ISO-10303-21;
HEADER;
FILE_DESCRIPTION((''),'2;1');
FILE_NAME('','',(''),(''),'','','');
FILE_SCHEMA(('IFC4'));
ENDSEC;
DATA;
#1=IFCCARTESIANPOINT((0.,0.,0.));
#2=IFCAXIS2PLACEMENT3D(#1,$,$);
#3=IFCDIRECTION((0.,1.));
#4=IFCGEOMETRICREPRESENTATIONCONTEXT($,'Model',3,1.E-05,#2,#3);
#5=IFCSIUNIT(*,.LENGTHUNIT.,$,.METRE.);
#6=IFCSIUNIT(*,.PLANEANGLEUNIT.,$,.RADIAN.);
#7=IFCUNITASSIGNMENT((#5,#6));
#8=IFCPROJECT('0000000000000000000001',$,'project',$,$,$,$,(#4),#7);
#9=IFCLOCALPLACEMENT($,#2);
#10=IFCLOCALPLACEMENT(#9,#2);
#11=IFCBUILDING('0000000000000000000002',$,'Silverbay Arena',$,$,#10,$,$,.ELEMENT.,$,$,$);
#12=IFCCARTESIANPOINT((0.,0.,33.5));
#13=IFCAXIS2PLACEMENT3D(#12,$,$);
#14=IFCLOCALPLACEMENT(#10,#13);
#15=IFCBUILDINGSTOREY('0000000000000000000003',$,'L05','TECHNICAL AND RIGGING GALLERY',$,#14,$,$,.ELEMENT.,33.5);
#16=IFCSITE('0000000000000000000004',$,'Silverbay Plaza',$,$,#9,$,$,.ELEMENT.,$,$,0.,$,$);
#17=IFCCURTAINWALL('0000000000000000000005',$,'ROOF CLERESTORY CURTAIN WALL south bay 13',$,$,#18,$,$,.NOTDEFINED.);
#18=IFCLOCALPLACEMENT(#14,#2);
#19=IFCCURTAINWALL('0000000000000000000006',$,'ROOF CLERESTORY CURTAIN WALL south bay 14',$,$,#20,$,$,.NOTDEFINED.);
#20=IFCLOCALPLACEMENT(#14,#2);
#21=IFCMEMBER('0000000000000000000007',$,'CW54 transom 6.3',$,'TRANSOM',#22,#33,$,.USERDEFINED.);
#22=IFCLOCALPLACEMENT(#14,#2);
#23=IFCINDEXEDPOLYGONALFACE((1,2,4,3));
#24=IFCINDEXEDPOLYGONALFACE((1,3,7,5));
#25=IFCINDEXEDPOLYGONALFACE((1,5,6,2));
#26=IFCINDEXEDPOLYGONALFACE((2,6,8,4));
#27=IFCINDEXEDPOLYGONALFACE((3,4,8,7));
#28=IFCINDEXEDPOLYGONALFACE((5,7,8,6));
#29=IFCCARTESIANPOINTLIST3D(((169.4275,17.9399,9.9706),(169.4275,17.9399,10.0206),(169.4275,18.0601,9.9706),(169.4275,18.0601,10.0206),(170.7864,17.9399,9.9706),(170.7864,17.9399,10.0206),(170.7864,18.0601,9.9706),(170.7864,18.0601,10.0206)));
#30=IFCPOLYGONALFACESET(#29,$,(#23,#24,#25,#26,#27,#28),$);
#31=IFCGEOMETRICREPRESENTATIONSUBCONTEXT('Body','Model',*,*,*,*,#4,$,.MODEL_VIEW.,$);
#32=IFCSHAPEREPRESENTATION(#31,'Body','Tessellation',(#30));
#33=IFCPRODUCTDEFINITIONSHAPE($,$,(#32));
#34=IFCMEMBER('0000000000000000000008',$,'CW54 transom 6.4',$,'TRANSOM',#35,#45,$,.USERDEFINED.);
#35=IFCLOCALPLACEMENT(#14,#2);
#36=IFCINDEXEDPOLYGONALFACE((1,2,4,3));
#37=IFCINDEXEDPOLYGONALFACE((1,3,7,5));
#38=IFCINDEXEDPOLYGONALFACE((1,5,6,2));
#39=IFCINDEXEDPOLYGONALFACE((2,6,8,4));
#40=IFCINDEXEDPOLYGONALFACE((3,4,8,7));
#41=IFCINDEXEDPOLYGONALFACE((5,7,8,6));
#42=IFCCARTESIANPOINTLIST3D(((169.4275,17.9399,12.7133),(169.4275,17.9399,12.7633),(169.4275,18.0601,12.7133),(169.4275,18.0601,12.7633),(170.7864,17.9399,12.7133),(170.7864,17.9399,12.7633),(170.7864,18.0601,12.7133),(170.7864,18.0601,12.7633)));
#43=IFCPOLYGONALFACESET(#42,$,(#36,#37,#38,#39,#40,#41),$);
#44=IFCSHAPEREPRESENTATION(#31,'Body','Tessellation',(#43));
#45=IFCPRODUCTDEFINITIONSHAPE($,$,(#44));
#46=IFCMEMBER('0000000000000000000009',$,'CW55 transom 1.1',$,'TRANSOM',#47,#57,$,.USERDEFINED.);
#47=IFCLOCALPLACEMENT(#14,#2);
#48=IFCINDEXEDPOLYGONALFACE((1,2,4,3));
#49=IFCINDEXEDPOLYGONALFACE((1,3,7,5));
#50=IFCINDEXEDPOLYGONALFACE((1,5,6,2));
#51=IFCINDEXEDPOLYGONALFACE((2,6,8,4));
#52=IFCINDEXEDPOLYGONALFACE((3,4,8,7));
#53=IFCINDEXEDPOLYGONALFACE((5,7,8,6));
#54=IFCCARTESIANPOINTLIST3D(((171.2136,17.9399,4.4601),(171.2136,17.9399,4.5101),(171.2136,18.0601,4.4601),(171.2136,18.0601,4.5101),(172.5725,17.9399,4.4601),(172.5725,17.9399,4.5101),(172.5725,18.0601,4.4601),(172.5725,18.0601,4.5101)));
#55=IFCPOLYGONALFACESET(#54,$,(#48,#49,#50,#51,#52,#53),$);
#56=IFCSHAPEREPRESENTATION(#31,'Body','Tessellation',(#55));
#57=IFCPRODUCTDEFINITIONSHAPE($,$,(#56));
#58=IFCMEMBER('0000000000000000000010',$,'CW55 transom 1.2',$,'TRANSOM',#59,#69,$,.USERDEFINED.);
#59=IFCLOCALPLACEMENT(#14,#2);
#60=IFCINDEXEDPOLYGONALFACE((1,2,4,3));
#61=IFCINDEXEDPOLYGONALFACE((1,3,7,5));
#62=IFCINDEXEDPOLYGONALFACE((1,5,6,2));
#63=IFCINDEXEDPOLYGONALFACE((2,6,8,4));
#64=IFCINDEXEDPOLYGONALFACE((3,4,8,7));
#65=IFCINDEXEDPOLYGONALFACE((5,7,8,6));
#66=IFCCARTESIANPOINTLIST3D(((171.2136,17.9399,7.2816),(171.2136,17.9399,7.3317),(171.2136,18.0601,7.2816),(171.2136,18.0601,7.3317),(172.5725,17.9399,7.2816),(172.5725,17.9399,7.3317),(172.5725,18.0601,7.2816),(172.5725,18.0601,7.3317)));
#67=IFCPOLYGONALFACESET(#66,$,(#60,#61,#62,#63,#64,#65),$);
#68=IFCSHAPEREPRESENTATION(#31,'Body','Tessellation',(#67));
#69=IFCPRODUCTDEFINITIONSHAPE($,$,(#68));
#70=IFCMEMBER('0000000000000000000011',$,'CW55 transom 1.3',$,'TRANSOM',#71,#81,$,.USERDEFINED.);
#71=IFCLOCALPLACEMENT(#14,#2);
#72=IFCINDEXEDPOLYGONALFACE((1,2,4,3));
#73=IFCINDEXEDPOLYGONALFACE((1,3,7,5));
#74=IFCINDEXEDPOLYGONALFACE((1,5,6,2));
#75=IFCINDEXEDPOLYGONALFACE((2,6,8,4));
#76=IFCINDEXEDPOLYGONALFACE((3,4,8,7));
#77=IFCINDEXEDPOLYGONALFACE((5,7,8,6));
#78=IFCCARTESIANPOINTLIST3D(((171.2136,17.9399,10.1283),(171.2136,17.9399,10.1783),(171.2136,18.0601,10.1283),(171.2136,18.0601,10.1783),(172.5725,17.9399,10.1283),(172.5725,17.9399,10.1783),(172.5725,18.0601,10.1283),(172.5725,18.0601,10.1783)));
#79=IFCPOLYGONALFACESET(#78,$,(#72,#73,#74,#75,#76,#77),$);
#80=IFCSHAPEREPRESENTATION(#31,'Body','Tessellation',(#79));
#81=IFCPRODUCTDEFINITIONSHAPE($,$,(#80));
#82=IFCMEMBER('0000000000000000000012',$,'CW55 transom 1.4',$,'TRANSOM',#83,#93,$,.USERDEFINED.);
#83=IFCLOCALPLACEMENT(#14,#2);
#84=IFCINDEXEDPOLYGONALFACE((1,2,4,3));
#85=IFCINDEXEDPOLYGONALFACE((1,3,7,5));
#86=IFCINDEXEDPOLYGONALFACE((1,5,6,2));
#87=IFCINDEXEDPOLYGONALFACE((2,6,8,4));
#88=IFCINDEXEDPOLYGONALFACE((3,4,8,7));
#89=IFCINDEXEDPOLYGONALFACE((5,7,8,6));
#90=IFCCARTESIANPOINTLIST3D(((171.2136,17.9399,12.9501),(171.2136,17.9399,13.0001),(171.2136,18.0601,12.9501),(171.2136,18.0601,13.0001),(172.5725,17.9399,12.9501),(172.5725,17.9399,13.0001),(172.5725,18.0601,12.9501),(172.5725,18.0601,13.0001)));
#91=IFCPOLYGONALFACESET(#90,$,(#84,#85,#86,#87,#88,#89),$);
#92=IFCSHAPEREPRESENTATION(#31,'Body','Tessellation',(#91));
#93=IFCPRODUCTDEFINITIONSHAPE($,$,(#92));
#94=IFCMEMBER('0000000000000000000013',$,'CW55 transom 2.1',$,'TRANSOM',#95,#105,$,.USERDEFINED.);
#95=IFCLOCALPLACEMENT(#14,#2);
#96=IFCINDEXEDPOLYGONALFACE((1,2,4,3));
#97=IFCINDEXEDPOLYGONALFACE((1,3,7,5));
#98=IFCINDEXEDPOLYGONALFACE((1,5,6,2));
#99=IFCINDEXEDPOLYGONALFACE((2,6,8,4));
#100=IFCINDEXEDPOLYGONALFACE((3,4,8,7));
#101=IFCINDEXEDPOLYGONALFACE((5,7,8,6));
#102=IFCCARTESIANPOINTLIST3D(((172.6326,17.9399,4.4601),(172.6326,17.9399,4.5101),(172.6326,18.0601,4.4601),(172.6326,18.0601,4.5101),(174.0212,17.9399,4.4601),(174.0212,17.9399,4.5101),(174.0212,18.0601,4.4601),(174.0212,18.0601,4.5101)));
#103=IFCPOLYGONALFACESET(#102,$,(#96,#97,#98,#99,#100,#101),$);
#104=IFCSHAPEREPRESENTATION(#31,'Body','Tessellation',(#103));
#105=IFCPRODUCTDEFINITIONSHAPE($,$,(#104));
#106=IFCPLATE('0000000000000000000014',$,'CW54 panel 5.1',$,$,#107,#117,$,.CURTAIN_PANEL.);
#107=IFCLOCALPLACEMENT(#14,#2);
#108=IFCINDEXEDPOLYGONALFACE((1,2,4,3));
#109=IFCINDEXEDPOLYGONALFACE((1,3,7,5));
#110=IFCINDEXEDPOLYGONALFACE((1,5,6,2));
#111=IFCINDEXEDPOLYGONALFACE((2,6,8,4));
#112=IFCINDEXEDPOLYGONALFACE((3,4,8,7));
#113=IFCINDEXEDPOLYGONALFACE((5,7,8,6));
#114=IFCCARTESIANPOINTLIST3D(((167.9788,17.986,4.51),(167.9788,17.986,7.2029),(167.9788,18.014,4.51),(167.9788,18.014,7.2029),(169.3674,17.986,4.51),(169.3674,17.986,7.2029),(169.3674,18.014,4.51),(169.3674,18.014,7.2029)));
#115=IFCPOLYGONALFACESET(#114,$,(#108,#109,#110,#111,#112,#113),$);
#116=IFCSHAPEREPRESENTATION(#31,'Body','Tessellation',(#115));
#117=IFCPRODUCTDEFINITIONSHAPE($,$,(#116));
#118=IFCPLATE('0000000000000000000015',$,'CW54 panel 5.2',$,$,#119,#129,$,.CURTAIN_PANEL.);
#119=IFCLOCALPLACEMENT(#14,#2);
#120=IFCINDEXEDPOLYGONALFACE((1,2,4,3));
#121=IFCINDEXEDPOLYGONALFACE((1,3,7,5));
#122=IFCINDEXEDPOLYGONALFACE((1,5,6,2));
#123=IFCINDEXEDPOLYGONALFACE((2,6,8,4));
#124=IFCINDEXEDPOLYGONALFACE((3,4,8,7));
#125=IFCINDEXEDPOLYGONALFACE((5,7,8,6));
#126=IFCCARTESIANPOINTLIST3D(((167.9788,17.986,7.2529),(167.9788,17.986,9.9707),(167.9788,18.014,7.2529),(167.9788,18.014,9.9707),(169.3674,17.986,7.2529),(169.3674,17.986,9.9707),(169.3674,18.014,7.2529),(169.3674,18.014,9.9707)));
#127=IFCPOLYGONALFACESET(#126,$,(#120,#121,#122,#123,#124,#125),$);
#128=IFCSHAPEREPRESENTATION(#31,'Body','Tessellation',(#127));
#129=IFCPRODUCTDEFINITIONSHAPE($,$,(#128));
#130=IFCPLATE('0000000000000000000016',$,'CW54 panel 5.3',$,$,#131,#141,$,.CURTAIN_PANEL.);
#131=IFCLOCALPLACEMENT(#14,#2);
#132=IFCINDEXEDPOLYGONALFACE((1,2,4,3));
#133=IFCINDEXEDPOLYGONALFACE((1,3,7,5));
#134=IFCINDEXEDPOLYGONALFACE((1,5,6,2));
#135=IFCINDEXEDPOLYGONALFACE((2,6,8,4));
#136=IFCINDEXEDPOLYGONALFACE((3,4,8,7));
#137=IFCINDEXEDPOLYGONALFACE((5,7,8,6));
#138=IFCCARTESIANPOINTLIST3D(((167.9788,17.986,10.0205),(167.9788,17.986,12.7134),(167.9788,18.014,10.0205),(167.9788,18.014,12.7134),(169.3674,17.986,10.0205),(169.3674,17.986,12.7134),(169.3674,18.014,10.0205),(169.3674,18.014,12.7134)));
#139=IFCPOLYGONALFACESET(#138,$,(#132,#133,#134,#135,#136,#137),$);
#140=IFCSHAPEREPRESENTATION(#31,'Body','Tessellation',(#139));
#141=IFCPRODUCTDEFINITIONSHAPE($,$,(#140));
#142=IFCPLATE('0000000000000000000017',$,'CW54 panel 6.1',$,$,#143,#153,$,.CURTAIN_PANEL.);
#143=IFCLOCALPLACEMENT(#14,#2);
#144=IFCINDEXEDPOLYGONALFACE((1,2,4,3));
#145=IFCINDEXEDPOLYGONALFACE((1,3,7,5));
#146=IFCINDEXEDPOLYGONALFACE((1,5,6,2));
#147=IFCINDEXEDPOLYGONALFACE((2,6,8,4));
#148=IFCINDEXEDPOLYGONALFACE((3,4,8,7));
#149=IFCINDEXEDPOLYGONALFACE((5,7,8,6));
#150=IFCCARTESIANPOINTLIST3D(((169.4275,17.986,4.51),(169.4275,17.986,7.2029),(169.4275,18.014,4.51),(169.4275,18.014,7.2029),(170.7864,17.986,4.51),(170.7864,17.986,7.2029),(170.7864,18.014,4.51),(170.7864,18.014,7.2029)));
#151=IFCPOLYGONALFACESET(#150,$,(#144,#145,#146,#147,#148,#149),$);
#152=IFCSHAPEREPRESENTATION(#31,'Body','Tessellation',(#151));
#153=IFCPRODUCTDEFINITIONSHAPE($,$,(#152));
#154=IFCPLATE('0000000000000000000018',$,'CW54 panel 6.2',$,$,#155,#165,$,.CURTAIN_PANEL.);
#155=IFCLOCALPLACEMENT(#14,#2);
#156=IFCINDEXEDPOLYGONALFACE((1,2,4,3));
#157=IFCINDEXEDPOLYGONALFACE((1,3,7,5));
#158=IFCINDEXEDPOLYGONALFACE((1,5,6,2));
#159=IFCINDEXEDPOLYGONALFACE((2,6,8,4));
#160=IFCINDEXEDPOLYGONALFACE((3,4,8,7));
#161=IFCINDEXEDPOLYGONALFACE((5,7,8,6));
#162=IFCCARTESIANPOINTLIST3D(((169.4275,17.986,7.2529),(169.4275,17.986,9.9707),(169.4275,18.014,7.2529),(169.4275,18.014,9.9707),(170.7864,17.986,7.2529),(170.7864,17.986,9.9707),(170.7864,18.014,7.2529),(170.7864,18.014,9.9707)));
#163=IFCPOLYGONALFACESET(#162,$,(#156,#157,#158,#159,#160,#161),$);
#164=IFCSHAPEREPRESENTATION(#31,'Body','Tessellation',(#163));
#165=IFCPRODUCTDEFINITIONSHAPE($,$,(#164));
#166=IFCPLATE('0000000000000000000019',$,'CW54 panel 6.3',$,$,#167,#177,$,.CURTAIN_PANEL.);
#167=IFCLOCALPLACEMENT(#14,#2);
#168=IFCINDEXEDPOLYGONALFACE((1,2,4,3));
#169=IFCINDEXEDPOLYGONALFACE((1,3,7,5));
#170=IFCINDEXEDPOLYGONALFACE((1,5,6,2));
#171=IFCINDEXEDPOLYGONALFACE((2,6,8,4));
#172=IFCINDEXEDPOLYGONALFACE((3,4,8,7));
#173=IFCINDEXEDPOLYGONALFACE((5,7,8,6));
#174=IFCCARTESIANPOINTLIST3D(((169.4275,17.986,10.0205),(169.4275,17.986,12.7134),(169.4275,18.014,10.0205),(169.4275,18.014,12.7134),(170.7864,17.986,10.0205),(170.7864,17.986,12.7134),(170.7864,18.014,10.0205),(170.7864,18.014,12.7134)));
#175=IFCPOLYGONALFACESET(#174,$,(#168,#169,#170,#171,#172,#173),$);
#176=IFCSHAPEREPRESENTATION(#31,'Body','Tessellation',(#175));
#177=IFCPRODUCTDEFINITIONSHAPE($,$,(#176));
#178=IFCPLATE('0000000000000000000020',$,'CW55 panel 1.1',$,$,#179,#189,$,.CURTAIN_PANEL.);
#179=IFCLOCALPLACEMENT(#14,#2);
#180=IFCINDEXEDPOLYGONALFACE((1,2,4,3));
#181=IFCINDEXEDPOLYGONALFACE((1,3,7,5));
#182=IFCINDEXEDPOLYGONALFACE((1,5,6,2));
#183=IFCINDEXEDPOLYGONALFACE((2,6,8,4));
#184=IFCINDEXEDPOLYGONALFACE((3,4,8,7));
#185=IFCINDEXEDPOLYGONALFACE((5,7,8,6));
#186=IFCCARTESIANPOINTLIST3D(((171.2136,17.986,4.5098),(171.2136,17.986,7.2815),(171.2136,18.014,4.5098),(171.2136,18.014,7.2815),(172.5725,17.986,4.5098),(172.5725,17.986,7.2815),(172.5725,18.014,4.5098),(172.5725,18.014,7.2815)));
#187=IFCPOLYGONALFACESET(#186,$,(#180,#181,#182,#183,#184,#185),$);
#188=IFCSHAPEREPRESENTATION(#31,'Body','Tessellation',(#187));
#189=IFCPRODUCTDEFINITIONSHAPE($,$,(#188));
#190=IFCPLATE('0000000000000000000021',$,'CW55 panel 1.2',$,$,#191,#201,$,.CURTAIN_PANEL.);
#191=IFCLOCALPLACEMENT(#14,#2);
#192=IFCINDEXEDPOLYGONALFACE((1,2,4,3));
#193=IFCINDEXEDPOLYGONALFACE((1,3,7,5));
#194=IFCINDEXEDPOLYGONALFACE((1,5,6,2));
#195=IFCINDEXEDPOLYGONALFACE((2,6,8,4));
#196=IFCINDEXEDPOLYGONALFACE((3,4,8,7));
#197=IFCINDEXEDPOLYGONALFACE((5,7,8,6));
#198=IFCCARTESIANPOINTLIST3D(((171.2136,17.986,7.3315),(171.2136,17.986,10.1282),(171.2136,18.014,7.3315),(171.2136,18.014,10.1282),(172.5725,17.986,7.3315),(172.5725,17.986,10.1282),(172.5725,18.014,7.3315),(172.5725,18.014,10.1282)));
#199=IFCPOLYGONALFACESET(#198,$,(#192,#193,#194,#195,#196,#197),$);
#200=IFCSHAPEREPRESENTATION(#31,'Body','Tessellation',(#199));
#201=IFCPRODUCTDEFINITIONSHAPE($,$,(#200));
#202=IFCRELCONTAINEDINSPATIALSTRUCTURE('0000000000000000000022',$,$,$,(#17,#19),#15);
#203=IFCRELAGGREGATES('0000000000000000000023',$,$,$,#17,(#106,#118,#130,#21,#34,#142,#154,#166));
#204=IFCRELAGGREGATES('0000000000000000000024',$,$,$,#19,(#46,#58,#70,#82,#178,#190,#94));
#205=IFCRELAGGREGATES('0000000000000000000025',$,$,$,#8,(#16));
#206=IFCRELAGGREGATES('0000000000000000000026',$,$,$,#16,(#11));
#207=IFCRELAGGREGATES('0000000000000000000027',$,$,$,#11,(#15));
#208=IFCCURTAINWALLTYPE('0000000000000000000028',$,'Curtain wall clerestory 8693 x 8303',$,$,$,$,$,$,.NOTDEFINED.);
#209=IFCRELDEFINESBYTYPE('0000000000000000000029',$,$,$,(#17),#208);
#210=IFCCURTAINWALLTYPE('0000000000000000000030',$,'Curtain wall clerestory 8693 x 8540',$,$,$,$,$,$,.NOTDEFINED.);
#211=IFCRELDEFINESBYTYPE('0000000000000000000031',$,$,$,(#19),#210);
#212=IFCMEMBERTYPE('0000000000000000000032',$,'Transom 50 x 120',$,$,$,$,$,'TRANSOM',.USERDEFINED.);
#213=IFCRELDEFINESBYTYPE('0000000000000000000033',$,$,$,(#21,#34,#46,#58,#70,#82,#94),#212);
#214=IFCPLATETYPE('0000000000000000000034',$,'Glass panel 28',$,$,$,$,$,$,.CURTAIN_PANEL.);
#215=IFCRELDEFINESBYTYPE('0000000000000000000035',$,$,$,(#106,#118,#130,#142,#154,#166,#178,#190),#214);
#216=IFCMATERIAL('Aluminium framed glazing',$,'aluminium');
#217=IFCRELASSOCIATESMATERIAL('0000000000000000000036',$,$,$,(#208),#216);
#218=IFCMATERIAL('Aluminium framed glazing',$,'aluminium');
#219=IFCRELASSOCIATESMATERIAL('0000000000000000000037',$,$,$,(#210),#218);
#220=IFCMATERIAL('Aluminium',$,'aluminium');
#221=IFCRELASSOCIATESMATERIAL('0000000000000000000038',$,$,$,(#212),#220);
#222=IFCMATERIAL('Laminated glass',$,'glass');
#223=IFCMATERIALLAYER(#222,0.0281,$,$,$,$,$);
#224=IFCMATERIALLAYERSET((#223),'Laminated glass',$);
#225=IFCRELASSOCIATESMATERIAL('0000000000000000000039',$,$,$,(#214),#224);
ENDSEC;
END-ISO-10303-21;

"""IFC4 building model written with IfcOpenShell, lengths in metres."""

from ifc_helpers import new_model, si_unit, direction, frame, origin, origin_2d, place, context, subcontext, project, spatial, rectangle, extrude, material, layer, layer_set, material_profile, profile_set, type_object, element, aggregate, save


model = new_model("IFC4")

# Units and contexts
model_context = context("Model", 3, precision=1e-05, world=origin(), true_north=direction((0.0, 1.0)))
body_context = subcontext(model_context, "Body", "Model", "MODEL_VIEW")
ifc_project = project(units=[si_unit("LENGTHUNIT", "METRE"), si_unit("PLANEANGLEUNIT", "RADIAN")], contexts=[model_context])

# Site, building, storey
site_placement = place(None, origin())
site = spatial("IfcSite", under=ifc_project, at=site_placement, Name="Silverbay Plaza", CompositionType="ELEMENT", RefElevation=0.0)
building_placement = place(site_placement, origin())
building = spatial("IfcBuilding", under=site, at=building_placement, Name="Silverbay Arena", CompositionType="ELEMENT")
storey_placement = place(building_placement, frame((0.0, 0.0, 33.5)))
storey = spatial("IfcBuildingStorey", under=building, at=storey_placement, Name="L05", Description="TECHNICAL AND RIGGING GALLERY", CompositionType="ELEMENT", Elevation=33.5)

# Curtain walls
ifc_material_1 = material(Name="Aluminium framed glazing", Category="aluminium")
curtain_wall_type_1 = type_object("IfcCurtainWallType", Name="Curtain wall clerestory 8693 x 8303", PredefinedType="NOTDEFINED", material=ifc_material_1)
curtain_wall_1_placement = place(storey_placement, origin())
curtain_wall_1 = element("IfcCurtainWall", 1, at=curtain_wall_1_placement, inside=storey, type_object=curtain_wall_type_1, Name="ROOF CLERESTORY CURTAIN WALL south bay 13", PredefinedType="NOTDEFINED")
ifc_material_2 = material(Name="Aluminium framed glazing", Category="aluminium")
curtain_wall_type_2 = type_object("IfcCurtainWallType", Name="Curtain wall clerestory 8693 x 8540", PredefinedType="NOTDEFINED", material=ifc_material_2)
curtain_wall_2_placement = place(storey_placement, origin())
curtain_wall_2 = element("IfcCurtainWall", 2, at=curtain_wall_2_placement, inside=storey, type_object=curtain_wall_type_2, Name="ROOF CLERESTORY CURTAIN WALL south bay 14", PredefinedType="NOTDEFINED")

# Members
ifc_material_3 = material(Name="Aluminium", Category="aluminium")
ifc_material_profile_1 = material_profile(ifc_material_3, rectangle(XDim=0.1201, YDim=0.05, at=origin_2d()), Name="Transom 50 x 120")
ifc_profile_set_1 = profile_set([ifc_material_profile_1], Name="Aluminium")
member_type_1 = type_object("IfcMemberType", Name="Transom 50 x 120", ElementType="TRANSOM", PredefinedType="USERDEFINED", material=ifc_profile_set_1)
member_1_placement = place(storey_placement, frame((169.4275, 18.0, 9.9956), z_axis=(1.0, 0.0, 0.0), x_axis=(0.0, 1.0, 0.0)))
member_1 = element("IfcMember", 3, at=member_1_placement, type_object=member_type_1, Name="CW54 transom 6.3", ObjectType="TRANSOM", PredefinedType="USERDEFINED", context=body_context, shape_type="SweptSolid", body=[
    extrude(rectangle(XDim=0.1201, YDim=0.05, at=origin_2d()), origin(), (0.0, 0.0, 1.0), 1.3589),
])
member_2_placement = place(storey_placement, frame((169.4275, 18.0, 12.7383), z_axis=(1.0, 0.0, 0.0), x_axis=(0.0, 1.0, 0.0)))
member_2 = element("IfcMember", 4, at=member_2_placement, type_object=member_type_1, Name="CW54 transom 6.4", ObjectType="TRANSOM", PredefinedType="USERDEFINED", context=body_context, shape_type="SweptSolid", body=[
    extrude(rectangle(XDim=0.1201, YDim=0.05, at=origin_2d()), origin(), (0.0, 0.0, 1.0), 1.3589),
])
member_3_placement = place(storey_placement, frame((171.2136, 18.0, 4.4851), z_axis=(1.0, 0.0, 0.0), x_axis=(0.0, 1.0, 0.0)))
member_3 = element("IfcMember", 5, at=member_3_placement, type_object=member_type_1, Name="CW55 transom 1.1", ObjectType="TRANSOM", PredefinedType="USERDEFINED", context=body_context, shape_type="SweptSolid", body=[
    extrude(rectangle(XDim=0.1201, YDim=0.05, at=origin_2d()), origin(), (0.0, 0.0, 1.0), 1.3589),
])
member_4_placement = place(storey_placement, frame((171.2136, 18.0, 7.3066), z_axis=(1.0, 0.0, 0.0), x_axis=(0.0, 1.0, 0.0)))
member_4 = element("IfcMember", 6, at=member_4_placement, type_object=member_type_1, Name="CW55 transom 1.2", ObjectType="TRANSOM", PredefinedType="USERDEFINED", context=body_context, shape_type="SweptSolid", body=[
    extrude(rectangle(XDim=0.1201, YDim=0.05, at=origin_2d()), origin(), (0.0, 0.0, 1.0), 1.3589),
])
member_5_placement = place(storey_placement, frame((171.2136, 18.0, 10.1533), z_axis=(1.0, 0.0, 0.0), x_axis=(0.0, 1.0, 0.0)))
member_5 = element("IfcMember", 7, at=member_5_placement, type_object=member_type_1, Name="CW55 transom 1.3", ObjectType="TRANSOM", PredefinedType="USERDEFINED", context=body_context, shape_type="SweptSolid", body=[
    extrude(rectangle(XDim=0.1201, YDim=0.05, at=origin_2d()), origin(), (0.0, 0.0, 1.0), 1.3589),
])
member_6_placement = place(storey_placement, frame((171.2136, 18.0, 12.9751), z_axis=(1.0, 0.0, 0.0), x_axis=(0.0, 1.0, 0.0)))
member_6 = element("IfcMember", 8, at=member_6_placement, type_object=member_type_1, Name="CW55 transom 1.4", ObjectType="TRANSOM", PredefinedType="USERDEFINED", context=body_context, shape_type="SweptSolid", body=[
    extrude(rectangle(XDim=0.1201, YDim=0.05, at=origin_2d()), origin(), (0.0, 0.0, 1.0), 1.3589),
])
member_7_placement = place(storey_placement, frame((172.6326, 18.0, 4.4851), z_axis=(1.0, 0.0, 0.0), x_axis=(0.0, 1.0, 0.0)))
member_7 = element("IfcMember", 9, at=member_7_placement, type_object=member_type_1, Name="CW55 transom 2.1", ObjectType="TRANSOM", PredefinedType="USERDEFINED", context=body_context, shape_type="SweptSolid", body=[
    extrude(rectangle(XDim=0.1201, YDim=0.05, at=origin_2d()), origin(), (0.0, 0.0, 1.0), 1.3887),
])

# Plates
ifc_material_4 = material(Name="Laminated glass", Category="glass")
ifc_layer = layer(ifc_material_4, 0.0281)
ifc_layer_set = layer_set([ifc_layer], Name="Laminated glass")
plate_type = type_object("IfcPlateType", Name="Glass panel 28", PredefinedType="CURTAIN_PANEL", material=ifc_layer_set)
plate_1_placement = place(storey_placement, frame((168.6731, 18.0, 4.51), z_axis=(0.0, 0.0, 1.0), x_axis=(1.0, 0.0, 0.0)))
plate_1 = element("IfcPlate", 10, at=plate_1_placement, type_object=plate_type, Name="CW54 panel 5.1", PredefinedType="CURTAIN_PANEL", context=body_context, shape_type="SweptSolid", body=[
    extrude(rectangle(XDim=1.3887, YDim=0.0281, at=origin_2d()), origin(), (0.0, 0.0, 1.0), 2.6929),
])
plate_2_placement = place(storey_placement, frame((168.6731, 18.0, 7.2529), z_axis=(0.0, 0.0, 1.0), x_axis=(1.0, 0.0, 0.0)))
plate_2 = element("IfcPlate", 11, at=plate_2_placement, type_object=plate_type, Name="CW54 panel 5.2", PredefinedType="CURTAIN_PANEL", context=body_context, shape_type="SweptSolid", body=[
    extrude(rectangle(XDim=1.3887, YDim=0.0281, at=origin_2d()), origin(), (0.0, 0.0, 1.0), 2.7178),
])
plate_3_placement = place(storey_placement, frame((168.6731, 18.0, 10.0205), z_axis=(0.0, 0.0, 1.0), x_axis=(1.0, 0.0, 0.0)))
plate_3 = element("IfcPlate", 12, at=plate_3_placement, type_object=plate_type, Name="CW54 panel 5.3", PredefinedType="CURTAIN_PANEL", context=body_context, shape_type="SweptSolid", body=[
    extrude(rectangle(XDim=1.3887, YDim=0.0281, at=origin_2d()), origin(), (0.0, 0.0, 1.0), 2.6929),
])
plate_4_placement = place(storey_placement, frame((170.1069, 18.0, 4.51), z_axis=(0.0, 0.0, 1.0), x_axis=(1.0, 0.0, 0.0)))
plate_4 = element("IfcPlate", 13, at=plate_4_placement, type_object=plate_type, Name="CW54 panel 6.1", PredefinedType="CURTAIN_PANEL", context=body_context, shape_type="SweptSolid", body=[
    extrude(rectangle(XDim=1.3589, YDim=0.0281, at=origin_2d()), origin(), (0.0, 0.0, 1.0), 2.6929),
])
plate_5_placement = place(storey_placement, frame((170.1069, 18.0, 7.2529), z_axis=(0.0, 0.0, 1.0), x_axis=(1.0, 0.0, 0.0)))
plate_5 = element("IfcPlate", 14, at=plate_5_placement, type_object=plate_type, Name="CW54 panel 6.2", PredefinedType="CURTAIN_PANEL", context=body_context, shape_type="SweptSolid", body=[
    extrude(rectangle(XDim=1.3589, YDim=0.0281, at=origin_2d()), origin(), (0.0, 0.0, 1.0), 2.7178),
])
plate_6_placement = place(storey_placement, frame((170.1069, 18.0, 10.0205), z_axis=(0.0, 0.0, 1.0), x_axis=(1.0, 0.0, 0.0)))
plate_6 = element("IfcPlate", 15, at=plate_6_placement, type_object=plate_type, Name="CW54 panel 6.3", PredefinedType="CURTAIN_PANEL", context=body_context, shape_type="SweptSolid", body=[
    extrude(rectangle(XDim=1.3589, YDim=0.0281, at=origin_2d()), origin(), (0.0, 0.0, 1.0), 2.6929),
])
aggregate(curtain_wall_1, [plate_1, plate_2, plate_3, member_1, member_2, plate_4, plate_5, plate_6])
plate_7_placement = place(storey_placement, frame((171.8931, 18.0, 4.5098), z_axis=(0.0, 0.0, 1.0), x_axis=(1.0, 0.0, 0.0)))
plate_7 = element("IfcPlate", 16, at=plate_7_placement, type_object=plate_type, Name="CW55 panel 1.1", PredefinedType="CURTAIN_PANEL", context=body_context, shape_type="SweptSolid", body=[
    extrude(rectangle(XDim=1.3589, YDim=0.0281, at=origin_2d()), origin(), (0.0, 0.0, 1.0), 2.7717),
])
plate_8_placement = place(storey_placement, frame((171.8931, 18.0, 7.3315), z_axis=(0.0, 0.0, 1.0), x_axis=(1.0, 0.0, 0.0)))
plate_8 = element("IfcPlate", 17, at=plate_8_placement, type_object=plate_type, Name="CW55 panel 1.2", PredefinedType="CURTAIN_PANEL", context=body_context, shape_type="SweptSolid", body=[
    extrude(rectangle(XDim=1.3589, YDim=0.0281, at=origin_2d()), origin(), (0.0, 0.0, 1.0), 2.7966),
])
aggregate(curtain_wall_2, [member_3, member_4, member_5, member_6, plate_7, plate_8, member_7])

save(model, "model.ifc")
